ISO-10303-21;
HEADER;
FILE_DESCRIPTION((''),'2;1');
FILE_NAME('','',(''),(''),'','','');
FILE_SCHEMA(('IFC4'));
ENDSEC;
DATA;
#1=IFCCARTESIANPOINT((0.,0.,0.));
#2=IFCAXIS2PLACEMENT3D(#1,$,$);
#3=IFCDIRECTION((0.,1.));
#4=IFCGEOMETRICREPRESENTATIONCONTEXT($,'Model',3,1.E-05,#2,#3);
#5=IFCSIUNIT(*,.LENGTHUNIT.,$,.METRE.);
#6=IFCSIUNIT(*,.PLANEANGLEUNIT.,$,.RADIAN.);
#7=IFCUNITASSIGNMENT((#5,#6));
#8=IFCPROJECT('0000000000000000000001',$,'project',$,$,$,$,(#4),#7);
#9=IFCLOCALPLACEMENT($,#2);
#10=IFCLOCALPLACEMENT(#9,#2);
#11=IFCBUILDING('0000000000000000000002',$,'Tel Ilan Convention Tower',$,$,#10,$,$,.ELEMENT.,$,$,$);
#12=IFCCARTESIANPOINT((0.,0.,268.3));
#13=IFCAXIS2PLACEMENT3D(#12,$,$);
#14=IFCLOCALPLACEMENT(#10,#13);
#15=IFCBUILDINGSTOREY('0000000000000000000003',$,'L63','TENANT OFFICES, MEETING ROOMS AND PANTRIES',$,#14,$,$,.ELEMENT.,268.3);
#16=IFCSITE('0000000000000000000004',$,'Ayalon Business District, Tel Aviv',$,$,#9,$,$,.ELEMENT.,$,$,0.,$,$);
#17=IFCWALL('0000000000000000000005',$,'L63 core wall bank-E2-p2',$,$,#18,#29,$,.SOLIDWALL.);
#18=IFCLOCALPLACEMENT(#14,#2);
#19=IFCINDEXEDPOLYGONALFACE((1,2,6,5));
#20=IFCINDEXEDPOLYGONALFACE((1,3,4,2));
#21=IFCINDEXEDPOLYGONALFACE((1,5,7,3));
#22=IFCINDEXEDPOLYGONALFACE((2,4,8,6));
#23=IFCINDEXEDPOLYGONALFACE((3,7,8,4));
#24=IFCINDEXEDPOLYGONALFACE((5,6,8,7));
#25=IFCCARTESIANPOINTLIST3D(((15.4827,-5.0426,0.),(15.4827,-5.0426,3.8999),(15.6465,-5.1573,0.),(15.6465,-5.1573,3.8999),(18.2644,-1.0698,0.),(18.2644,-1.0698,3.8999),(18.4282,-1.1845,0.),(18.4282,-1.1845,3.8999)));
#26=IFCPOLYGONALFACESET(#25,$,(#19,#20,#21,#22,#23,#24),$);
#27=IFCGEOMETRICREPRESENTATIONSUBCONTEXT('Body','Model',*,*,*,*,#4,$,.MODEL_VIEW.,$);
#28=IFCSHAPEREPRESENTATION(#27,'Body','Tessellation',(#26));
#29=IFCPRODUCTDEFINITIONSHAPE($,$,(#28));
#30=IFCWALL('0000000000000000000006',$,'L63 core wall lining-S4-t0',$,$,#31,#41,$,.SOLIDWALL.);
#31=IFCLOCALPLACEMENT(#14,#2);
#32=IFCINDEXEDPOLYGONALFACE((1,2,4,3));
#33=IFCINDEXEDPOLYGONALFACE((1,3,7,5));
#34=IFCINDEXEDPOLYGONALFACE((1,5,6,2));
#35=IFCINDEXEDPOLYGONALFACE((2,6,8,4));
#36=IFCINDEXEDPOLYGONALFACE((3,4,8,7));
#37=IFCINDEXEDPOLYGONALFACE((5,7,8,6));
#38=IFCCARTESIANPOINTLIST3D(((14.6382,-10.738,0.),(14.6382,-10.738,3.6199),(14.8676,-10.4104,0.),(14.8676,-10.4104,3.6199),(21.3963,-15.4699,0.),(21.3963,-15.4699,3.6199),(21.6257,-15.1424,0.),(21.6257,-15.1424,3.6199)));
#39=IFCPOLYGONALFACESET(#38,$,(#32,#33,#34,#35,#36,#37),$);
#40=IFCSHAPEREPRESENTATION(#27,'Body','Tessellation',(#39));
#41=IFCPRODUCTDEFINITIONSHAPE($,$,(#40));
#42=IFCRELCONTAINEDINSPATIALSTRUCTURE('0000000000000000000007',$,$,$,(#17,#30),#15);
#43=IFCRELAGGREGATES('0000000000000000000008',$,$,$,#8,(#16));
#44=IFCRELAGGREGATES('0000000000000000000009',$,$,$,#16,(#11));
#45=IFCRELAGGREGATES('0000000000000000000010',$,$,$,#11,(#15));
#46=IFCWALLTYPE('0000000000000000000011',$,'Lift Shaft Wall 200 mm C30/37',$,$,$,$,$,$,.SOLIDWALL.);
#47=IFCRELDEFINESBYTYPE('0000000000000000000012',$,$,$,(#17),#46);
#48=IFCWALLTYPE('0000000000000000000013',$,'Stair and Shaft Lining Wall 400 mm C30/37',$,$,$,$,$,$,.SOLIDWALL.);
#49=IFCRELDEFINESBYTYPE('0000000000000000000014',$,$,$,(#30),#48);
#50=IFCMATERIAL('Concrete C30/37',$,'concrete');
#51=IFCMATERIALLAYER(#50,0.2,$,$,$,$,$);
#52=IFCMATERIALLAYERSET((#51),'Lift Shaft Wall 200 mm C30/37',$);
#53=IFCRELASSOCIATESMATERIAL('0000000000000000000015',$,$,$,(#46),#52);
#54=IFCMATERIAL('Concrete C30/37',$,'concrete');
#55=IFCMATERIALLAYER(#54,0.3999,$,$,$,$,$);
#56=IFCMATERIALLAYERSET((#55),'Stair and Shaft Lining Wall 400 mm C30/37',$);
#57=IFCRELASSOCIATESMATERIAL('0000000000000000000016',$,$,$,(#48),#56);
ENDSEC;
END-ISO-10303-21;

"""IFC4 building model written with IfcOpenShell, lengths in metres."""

from ifc_helpers import new_model, si_unit, direction, frame, frame_2d, origin, place, context, subcontext, project, spatial, rectangle, extrude, material, layer, layer_set, type_object, element, save


model = new_model("IFC4")

# Units and contexts
model_context = context("Model", 3, precision=1e-05, world=origin(), true_north=direction((0.0, 1.0)))
body_context = subcontext(model_context, "Body", "Model", "MODEL_VIEW")
ifc_project = project(units=[si_unit("LENGTHUNIT", "METRE"), si_unit("PLANEANGLEUNIT", "RADIAN")], contexts=[model_context])

# Site, building, storey
site_placement = place(None, origin())
site = spatial("IfcSite", under=ifc_project, at=site_placement, Name="Ayalon Business District, Tel Aviv", CompositionType="ELEMENT", RefElevation=0.0)
building_placement = place(site_placement, origin())
building = spatial("IfcBuilding", under=site, at=building_placement, Name="Tel Ilan Convention Tower", CompositionType="ELEMENT")
storey_placement = place(building_placement, frame((0.0, 0.0, 268.3)))
storey = spatial("IfcBuildingStorey", under=building, at=storey_placement, Name="L63", Description="TENANT OFFICES, MEETING ROOMS AND PANTRIES", CompositionType="ELEMENT", Elevation=268.3)

# Walls
ifc_material_1 = material(Name="Concrete C30/37", Category="concrete")
ifc_layer_1 = layer(ifc_material_1, 0.2)
ifc_layer_set_1 = layer_set([ifc_layer_1], Name="Lift Shaft Wall 200 mm C30/37")
wall_type_1 = type_object("IfcWallType", Name="Lift Shaft Wall 200 mm C30/37", PredefinedType="SOLIDWALL", material=ifc_layer_set_1)
wall_1_placement = place(storey_placement, frame((15.5647, -5.0999, 0.0), z_axis=(0.0, 0.0, 1.0), x_axis=(0.57356, 0.819163, 0.0)))
element("IfcWall", 1, at=wall_1_placement, inside=storey, type_object=wall_type_1, Name="L63 core wall bank-E2-p2", PredefinedType="SOLIDWALL", context=body_context, shape_type="SweptSolid", body=[
    extrude(rectangle(XDim=4.8499, YDim=0.2, at=frame_2d((2.4248, 0.0))), origin(), (0.0, 0.0, 1.0), 3.8999),
])
ifc_material_2 = material(Name="Concrete C30/37", Category="concrete")
ifc_layer_2 = layer(ifc_material_2, 0.3999)
ifc_layer_set_2 = layer_set([ifc_layer_2], Name="Stair and Shaft Lining Wall 400 mm C30/37")
wall_type_2 = type_object("IfcWallType", Name="Stair and Shaft Lining Wall 400 mm C30/37", PredefinedType="SOLIDWALL", material=ifc_layer_set_2)
wall_2_placement = place(storey_placement, frame((14.7529, -10.5742, 0.0), z_axis=(0.0, 0.0, 1.0), x_axis=(0.819158, -0.573568, 0.0)))
element("IfcWall", 2, at=wall_2_placement, inside=storey, type_object=wall_type_2, Name="L63 core wall lining-S4-t0", PredefinedType="SOLIDWALL", context=body_context, shape_type="SweptSolid", body=[
    extrude(rectangle(XDim=8.25, YDim=0.3999, at=frame_2d((4.125, 0.0))), origin(), (0.0, 0.0, 1.0), 3.6199),
])

save(model, "model.ifc")
